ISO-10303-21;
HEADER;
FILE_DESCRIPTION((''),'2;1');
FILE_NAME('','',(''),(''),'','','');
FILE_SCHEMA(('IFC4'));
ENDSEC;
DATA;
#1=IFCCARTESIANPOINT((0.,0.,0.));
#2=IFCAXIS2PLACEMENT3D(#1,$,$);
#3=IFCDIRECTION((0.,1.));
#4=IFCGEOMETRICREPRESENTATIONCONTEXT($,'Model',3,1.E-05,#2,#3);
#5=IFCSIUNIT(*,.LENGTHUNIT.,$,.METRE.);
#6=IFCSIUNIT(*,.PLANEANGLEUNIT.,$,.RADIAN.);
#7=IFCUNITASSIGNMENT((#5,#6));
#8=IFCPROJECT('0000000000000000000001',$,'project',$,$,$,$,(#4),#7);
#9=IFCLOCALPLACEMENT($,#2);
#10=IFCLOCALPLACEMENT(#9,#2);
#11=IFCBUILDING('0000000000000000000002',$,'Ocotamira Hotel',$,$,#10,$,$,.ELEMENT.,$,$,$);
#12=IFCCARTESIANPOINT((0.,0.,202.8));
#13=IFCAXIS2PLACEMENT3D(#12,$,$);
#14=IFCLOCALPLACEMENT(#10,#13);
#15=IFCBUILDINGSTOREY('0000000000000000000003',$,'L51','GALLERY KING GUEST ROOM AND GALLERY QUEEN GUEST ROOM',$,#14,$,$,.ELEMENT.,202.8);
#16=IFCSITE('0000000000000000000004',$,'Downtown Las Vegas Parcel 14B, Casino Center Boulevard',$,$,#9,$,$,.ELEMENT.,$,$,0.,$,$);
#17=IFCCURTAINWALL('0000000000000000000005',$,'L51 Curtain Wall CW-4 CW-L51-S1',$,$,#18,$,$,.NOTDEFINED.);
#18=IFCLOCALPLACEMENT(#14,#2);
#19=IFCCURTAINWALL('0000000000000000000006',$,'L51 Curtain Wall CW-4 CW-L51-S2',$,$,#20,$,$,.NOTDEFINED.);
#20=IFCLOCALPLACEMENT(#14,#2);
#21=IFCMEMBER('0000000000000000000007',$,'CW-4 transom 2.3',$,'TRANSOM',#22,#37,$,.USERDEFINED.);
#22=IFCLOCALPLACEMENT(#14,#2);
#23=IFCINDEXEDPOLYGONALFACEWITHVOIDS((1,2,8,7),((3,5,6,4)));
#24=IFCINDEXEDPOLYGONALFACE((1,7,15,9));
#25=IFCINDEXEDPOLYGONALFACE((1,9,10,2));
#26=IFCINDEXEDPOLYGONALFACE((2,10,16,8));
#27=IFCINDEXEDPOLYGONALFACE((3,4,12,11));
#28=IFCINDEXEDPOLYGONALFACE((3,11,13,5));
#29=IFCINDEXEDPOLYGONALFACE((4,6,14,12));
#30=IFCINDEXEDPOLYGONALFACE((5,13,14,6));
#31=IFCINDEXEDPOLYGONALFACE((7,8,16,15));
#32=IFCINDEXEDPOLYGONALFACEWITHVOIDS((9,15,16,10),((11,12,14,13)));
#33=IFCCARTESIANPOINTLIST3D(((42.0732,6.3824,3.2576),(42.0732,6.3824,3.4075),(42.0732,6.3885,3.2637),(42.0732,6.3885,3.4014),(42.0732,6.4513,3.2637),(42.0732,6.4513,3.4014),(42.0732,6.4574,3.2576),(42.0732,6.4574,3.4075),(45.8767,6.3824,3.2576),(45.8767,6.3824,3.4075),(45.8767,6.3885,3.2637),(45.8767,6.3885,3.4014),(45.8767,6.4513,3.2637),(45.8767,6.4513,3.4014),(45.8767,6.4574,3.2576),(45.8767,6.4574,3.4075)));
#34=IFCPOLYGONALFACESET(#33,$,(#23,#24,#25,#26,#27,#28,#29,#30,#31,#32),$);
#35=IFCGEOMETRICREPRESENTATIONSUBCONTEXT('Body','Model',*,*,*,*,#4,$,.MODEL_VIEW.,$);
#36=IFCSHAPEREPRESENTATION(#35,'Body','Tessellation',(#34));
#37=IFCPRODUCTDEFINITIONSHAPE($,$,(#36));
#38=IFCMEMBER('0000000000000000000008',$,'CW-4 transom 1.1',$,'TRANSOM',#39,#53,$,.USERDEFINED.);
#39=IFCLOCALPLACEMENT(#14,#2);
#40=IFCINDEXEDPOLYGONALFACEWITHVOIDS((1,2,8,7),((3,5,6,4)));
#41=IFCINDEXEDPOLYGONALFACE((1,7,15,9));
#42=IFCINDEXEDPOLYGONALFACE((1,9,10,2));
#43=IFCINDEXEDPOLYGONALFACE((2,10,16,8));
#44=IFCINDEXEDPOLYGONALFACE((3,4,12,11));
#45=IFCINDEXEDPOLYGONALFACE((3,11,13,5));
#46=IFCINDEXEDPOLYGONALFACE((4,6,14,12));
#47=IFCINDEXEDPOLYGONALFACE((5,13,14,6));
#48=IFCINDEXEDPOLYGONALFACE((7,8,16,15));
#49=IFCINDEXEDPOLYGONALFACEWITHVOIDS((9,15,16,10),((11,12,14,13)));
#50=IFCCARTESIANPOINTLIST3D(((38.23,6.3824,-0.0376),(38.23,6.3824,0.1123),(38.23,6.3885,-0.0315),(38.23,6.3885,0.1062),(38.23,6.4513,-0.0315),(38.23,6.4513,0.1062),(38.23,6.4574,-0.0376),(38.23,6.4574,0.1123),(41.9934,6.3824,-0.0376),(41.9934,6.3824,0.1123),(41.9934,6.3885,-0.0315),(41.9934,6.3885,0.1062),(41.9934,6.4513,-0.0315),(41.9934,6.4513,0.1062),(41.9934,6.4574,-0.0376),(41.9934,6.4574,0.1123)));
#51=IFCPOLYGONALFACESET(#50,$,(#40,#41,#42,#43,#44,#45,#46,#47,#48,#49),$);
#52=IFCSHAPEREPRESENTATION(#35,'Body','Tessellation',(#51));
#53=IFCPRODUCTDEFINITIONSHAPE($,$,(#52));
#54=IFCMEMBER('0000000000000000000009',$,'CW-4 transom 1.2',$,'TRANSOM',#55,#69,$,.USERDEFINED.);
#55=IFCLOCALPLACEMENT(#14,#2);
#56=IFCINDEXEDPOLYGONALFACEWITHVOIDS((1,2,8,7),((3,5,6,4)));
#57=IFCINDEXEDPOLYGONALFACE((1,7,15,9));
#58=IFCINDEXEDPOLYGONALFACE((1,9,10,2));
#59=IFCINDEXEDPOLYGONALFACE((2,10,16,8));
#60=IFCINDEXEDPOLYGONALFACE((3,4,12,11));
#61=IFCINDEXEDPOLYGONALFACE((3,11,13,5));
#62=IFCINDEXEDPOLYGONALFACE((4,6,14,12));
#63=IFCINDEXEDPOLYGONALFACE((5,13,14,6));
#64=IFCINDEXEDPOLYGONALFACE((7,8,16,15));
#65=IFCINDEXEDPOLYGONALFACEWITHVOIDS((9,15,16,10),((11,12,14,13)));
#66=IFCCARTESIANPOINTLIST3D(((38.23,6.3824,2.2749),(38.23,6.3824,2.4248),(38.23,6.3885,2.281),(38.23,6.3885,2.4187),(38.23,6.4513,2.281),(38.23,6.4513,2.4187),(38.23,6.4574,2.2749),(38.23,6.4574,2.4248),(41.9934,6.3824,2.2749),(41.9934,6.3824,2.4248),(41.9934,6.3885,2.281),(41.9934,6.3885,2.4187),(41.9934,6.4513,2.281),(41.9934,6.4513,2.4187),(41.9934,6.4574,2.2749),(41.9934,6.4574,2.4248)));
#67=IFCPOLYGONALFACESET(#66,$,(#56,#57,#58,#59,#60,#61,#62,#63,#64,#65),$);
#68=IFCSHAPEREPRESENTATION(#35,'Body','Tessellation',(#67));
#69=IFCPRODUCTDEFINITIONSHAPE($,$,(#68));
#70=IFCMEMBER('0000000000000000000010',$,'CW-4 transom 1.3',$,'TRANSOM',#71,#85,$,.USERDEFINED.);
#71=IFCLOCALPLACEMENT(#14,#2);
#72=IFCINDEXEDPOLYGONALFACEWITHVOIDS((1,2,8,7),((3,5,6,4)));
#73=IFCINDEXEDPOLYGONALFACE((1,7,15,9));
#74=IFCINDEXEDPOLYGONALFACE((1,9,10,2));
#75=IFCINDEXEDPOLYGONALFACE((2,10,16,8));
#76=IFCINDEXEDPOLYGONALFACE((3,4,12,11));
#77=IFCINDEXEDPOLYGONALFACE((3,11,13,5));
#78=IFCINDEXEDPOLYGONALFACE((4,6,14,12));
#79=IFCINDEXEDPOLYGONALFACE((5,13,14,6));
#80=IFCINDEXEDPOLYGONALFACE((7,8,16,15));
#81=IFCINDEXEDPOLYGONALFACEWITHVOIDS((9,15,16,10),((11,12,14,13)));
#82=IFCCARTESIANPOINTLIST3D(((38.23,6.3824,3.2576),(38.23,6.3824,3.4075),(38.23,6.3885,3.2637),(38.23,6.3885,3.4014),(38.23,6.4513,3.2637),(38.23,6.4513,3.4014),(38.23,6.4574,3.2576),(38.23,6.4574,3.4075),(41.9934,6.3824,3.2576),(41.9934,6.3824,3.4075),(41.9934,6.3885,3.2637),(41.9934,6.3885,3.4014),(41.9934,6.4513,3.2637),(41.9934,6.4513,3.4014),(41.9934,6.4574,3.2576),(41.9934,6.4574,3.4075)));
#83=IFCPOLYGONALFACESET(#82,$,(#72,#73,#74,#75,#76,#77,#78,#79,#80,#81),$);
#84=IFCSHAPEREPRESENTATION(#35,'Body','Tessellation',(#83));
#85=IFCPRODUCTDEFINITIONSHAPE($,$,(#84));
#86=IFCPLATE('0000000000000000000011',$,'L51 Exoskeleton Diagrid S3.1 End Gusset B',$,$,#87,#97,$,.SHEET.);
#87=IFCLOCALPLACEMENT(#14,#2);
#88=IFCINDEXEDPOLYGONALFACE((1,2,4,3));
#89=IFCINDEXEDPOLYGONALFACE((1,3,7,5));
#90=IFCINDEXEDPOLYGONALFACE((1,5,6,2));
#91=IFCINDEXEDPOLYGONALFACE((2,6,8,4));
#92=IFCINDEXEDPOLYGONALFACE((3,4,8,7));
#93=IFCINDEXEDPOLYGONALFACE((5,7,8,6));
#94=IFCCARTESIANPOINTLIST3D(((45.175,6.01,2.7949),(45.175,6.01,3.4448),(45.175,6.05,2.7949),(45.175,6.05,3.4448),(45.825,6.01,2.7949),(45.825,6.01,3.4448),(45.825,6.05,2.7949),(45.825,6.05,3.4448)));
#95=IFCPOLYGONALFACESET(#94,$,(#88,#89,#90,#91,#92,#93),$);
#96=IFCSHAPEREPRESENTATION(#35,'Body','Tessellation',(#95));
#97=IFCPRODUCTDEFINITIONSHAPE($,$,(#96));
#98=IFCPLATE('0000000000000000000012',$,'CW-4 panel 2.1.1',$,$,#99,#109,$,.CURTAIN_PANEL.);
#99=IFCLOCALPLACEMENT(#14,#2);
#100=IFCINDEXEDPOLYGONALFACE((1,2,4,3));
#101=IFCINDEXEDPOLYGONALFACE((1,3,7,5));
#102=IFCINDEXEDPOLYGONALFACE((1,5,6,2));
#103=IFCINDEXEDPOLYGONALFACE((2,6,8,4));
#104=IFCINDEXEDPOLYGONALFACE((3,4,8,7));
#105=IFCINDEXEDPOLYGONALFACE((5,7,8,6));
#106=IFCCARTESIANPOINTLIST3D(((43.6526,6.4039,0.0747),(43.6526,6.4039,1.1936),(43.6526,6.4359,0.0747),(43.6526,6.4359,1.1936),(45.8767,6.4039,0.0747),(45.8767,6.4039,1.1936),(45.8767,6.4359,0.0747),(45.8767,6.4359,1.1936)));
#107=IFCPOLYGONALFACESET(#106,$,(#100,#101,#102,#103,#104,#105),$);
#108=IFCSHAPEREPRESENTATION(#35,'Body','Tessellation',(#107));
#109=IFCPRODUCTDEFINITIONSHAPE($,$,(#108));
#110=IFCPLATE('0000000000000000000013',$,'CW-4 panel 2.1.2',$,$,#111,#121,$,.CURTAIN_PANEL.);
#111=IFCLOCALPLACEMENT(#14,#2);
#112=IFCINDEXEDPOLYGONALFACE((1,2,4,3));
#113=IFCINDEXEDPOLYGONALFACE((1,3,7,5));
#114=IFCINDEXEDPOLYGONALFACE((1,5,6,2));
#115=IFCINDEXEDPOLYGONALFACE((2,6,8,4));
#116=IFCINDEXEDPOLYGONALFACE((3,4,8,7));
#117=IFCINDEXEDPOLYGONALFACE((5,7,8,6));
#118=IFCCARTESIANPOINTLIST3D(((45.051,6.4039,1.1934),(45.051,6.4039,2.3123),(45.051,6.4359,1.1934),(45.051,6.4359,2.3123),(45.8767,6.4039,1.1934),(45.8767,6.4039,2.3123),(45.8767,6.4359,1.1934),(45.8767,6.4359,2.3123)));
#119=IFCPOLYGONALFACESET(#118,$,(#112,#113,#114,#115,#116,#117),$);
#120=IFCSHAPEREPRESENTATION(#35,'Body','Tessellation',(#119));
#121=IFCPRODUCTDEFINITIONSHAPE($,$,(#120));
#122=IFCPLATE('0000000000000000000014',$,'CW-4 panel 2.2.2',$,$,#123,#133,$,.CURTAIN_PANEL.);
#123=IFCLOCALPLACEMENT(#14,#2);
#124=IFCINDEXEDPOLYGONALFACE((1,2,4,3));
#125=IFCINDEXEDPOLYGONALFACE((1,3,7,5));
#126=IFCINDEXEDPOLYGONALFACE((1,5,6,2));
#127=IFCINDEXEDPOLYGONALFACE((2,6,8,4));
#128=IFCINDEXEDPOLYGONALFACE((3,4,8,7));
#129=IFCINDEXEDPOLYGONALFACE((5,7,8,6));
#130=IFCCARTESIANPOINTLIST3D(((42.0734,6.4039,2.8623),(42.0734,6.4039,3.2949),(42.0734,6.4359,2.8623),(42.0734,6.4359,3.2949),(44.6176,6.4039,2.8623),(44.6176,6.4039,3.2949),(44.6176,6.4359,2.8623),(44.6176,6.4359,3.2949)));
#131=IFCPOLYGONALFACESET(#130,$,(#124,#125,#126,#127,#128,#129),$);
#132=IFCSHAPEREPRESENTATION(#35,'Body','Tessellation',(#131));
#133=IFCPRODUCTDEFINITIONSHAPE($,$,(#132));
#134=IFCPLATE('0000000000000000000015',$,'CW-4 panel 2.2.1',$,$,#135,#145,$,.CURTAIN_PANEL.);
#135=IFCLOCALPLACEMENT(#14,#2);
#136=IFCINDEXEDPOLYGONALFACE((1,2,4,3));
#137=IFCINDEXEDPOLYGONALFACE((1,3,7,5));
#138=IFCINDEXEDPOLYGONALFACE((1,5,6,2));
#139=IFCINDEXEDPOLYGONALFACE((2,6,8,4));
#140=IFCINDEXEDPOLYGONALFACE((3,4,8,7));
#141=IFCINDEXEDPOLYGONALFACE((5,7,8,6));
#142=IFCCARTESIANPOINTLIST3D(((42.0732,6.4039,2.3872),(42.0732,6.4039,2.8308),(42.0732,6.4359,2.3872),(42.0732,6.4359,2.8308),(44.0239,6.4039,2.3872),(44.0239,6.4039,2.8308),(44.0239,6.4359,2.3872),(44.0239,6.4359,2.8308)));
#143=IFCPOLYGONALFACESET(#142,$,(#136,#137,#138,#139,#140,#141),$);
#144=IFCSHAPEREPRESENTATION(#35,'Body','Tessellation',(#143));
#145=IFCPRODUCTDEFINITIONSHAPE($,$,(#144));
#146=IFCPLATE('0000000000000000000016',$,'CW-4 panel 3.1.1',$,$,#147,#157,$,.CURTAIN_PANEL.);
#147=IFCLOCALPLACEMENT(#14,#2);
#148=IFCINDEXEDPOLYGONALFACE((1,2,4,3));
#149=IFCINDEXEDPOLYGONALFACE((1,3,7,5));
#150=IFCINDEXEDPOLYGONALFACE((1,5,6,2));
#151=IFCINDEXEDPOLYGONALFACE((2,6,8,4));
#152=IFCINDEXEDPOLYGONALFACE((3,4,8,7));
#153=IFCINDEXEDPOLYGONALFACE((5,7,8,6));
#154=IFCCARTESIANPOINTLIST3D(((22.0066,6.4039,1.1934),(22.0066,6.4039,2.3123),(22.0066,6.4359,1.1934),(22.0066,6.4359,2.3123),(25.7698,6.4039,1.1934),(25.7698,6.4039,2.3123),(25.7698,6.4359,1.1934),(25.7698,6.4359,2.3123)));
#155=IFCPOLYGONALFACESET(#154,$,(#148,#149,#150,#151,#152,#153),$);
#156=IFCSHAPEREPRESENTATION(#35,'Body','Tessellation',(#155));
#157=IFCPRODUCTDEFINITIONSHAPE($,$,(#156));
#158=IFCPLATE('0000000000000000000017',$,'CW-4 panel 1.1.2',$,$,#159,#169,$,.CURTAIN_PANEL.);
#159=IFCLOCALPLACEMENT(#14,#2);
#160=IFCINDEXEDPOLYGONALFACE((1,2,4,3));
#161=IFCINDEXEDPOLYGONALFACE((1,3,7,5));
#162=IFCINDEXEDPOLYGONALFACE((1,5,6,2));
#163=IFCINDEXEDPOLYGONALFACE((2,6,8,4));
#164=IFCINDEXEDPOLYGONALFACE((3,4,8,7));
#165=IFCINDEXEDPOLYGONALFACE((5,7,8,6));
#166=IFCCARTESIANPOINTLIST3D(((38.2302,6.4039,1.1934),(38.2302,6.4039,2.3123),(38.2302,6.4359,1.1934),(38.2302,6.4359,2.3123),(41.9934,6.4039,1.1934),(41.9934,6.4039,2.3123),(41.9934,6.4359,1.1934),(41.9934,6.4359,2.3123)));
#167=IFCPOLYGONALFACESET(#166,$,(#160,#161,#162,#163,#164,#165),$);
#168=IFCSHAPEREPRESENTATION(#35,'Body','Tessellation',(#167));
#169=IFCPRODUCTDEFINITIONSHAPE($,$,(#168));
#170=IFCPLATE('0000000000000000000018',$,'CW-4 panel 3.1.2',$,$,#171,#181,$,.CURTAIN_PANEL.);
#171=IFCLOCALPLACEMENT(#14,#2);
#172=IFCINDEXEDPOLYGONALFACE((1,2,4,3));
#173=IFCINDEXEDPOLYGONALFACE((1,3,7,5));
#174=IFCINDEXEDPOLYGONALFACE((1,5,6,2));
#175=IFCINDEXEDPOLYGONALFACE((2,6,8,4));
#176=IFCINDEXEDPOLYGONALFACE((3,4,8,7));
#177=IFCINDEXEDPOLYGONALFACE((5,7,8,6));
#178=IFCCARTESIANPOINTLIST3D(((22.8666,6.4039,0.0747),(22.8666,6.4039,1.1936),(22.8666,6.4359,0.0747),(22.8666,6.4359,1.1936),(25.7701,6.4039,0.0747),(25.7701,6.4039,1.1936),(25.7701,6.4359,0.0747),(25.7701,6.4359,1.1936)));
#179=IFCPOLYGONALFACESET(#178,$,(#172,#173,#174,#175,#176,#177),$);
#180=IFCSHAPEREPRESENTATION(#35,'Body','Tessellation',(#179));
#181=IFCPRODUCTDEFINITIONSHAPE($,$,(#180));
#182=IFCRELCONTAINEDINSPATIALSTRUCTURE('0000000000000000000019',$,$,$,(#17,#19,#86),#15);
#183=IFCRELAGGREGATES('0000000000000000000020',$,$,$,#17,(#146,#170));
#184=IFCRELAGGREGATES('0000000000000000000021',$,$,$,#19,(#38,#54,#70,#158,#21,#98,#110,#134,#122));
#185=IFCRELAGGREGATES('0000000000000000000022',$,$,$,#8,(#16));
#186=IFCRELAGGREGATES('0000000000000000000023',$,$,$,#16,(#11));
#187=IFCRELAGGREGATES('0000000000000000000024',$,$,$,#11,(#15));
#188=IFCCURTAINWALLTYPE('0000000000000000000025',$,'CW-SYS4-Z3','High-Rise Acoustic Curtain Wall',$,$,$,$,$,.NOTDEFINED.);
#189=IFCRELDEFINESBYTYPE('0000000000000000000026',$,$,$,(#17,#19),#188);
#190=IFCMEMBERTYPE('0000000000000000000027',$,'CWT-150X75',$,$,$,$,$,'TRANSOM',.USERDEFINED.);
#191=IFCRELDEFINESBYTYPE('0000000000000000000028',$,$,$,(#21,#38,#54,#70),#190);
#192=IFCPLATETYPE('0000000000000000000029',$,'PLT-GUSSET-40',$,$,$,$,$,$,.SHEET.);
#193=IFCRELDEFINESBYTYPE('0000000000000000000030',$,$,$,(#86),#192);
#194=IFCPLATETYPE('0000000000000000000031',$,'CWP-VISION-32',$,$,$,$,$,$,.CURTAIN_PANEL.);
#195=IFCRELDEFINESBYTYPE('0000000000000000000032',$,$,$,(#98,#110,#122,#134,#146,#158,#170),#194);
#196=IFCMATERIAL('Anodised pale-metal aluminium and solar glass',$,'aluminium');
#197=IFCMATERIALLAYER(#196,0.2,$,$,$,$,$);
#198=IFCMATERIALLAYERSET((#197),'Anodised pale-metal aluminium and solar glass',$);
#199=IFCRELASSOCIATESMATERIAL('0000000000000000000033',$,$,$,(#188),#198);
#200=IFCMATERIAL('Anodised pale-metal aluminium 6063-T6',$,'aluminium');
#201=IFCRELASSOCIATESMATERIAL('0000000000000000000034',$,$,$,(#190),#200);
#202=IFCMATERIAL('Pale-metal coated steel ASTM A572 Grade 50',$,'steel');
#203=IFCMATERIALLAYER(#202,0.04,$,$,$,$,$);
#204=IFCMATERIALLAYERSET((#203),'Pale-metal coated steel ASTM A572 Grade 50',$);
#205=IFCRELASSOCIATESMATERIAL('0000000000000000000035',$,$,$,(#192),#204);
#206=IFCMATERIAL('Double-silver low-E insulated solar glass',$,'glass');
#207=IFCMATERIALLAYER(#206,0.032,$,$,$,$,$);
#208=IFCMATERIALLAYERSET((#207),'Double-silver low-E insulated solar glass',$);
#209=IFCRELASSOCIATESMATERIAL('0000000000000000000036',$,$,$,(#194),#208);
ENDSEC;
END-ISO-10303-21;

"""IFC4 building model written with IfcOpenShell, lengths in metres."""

from ifc_helpers import new_model, si_unit, direction, frame, origin, origin_2d, place, context, subcontext, project, spatial, rectangle, hollow_rectangle, extrude, source, transform, mapped, material, layer, layer_set, material_profile, profile_set, type_object, element, aggregate, save


model = new_model("IFC4")

# Units and contexts
model_context = context("Model", 3, precision=1e-05, world=origin(), true_north=direction((0.0, 1.0)))
body_context = subcontext(model_context, "Body", "Model", "MODEL_VIEW")
ifc_project = project(units=[si_unit("LENGTHUNIT", "METRE"), si_unit("PLANEANGLEUNIT", "RADIAN")], contexts=[model_context])

# Site, building, storey
site_placement = place(None, origin())
site = spatial("IfcSite", under=ifc_project, at=site_placement, Name="Downtown Las Vegas Parcel 14B, Casino Center Boulevard", CompositionType="ELEMENT", RefElevation=0.0)
building_placement = place(site_placement, origin())
building = spatial("IfcBuilding", under=site, at=building_placement, Name="Ocotamira Hotel", CompositionType="ELEMENT")
storey_placement = place(building_placement, frame((0.0, 0.0, 202.8)))
storey = spatial("IfcBuildingStorey", under=building, at=storey_placement, Name="L51", Description="GALLERY KING GUEST ROOM AND GALLERY QUEEN GUEST ROOM", CompositionType="ELEMENT", Elevation=202.8)

# Curtain wall
ifc_material_1 = material(Name="Anodised pale-metal aluminium and solar glass", Category="aluminium")
ifc_layer_1 = layer(ifc_material_1, 0.2)
ifc_layer_set_1 = layer_set([ifc_layer_1], Name="Anodised pale-metal aluminium and solar glass")
curtain_wall_type = type_object("IfcCurtainWallType", Name="CW-SYS4-Z3", Description="High-Rise Acoustic Curtain Wall", PredefinedType="NOTDEFINED", material=ifc_layer_set_1)
curtain_wall_1_placement = place(storey_placement, origin())
curtain_wall_1 = element("IfcCurtainWall", 1, at=curtain_wall_1_placement, inside=storey, type_object=curtain_wall_type, Name="L51 Curtain Wall CW-4 CW-L51-S1", PredefinedType="NOTDEFINED")
ifc_material_2 = material(Name="Anodised pale-metal aluminium 6063-T6", Category="aluminium")

# Curtain wall, members
curtain_wall_2_placement = place(storey_placement, origin())
curtain_wall_2 = element("IfcCurtainWall", 2, at=curtain_wall_2_placement, inside=storey, type_object=curtain_wall_type, Name="L51 Curtain Wall CW-4 CW-L51-S2", PredefinedType="NOTDEFINED")
ifc_material_profile_1 = material_profile(ifc_material_2, hollow_rectangle(XDim=0.075, YDim=0.1499, WallThickness=0.0061, at=origin_2d()), Name="HSS150X75X6")
ifc_profile_set_1 = profile_set([ifc_material_profile_1], Name="Anodised pale-metal aluminium 6063-T6")
member_type_1 = type_object("IfcMemberType", Name="CWT-150X75", ElementType="TRANSOM", PredefinedType="USERDEFINED", material=ifc_profile_set_1)
shared_shape_1 = source(origin(), body_context, "Body", "SweptSolid", [
    extrude(hollow_rectangle(XDim=0.075, YDim=0.1499, WallThickness=0.0061, at=origin_2d()), origin(), (0.0, 0.0, 1.0), 3.8035),
])
member_1_placement = place(storey_placement, frame((42.0732, 6.4199, 3.3325), z_axis=(1.0, 0.0, 0.0), x_axis=(0.0, 1.0, 0.0)))
member_1 = element("IfcMember", 3, at=member_1_placement, type_object=member_type_1, Name="CW-4 transom 2.3", ObjectType="TRANSOM", PredefinedType="USERDEFINED", context=body_context, shape_type="MappedRepresentation", body=[
    mapped(shared_shape_1, transform((0.0, 0.0, 0.0), scale=1.0)),
])
shared_shape_2 = source(origin(), body_context, "Body", "SweptSolid", [
    extrude(hollow_rectangle(XDim=0.075, YDim=0.1499, WallThickness=0.0061, at=origin_2d()), origin(), (0.0, 0.0, 1.0), 3.7634),
])
member_2_placement = place(storey_placement, frame((38.23, 6.4199, 0.0374), z_axis=(1.0, 0.0, 0.0), x_axis=(0.0, 1.0, 0.0)))
member_2 = element("IfcMember", 4, at=member_2_placement, type_object=member_type_1, Name="CW-4 transom 1.1", ObjectType="TRANSOM", PredefinedType="USERDEFINED", context=body_context, shape_type="MappedRepresentation", body=[
    mapped(shared_shape_2, transform((0.0, 0.0, 0.0), scale=1.0)),
])
member_3_placement = place(storey_placement, frame((38.23, 6.4199, 2.3499), z_axis=(1.0, 0.0, 0.0), x_axis=(0.0, 1.0, 0.0)))
member_3 = element("IfcMember", 5, at=member_3_placement, type_object=member_type_1, Name="CW-4 transom 1.2", ObjectType="TRANSOM", PredefinedType="USERDEFINED", context=body_context, shape_type="MappedRepresentation", body=[
    mapped(shared_shape_2, transform((0.0, 0.0, 0.0), scale=1.0)),
])
member_4_placement = place(storey_placement, frame((38.23, 6.4199, 3.3325), z_axis=(1.0, 0.0, 0.0), x_axis=(0.0, 1.0, 0.0)))
member_4 = element("IfcMember", 6, at=member_4_placement, type_object=member_type_1, Name="CW-4 transom 1.3", ObjectType="TRANSOM", PredefinedType="USERDEFINED", context=body_context, shape_type="MappedRepresentation", body=[
    mapped(shared_shape_2, transform((0.0, 0.0, 0.0), scale=1.0)),
])

# Plates
ifc_material_3 = material(Name="Pale-metal coated steel ASTM A572 Grade 50", Category="steel")
ifc_layer_2 = layer(ifc_material_3, 0.04)
ifc_layer_set_2 = layer_set([ifc_layer_2], Name="Pale-metal coated steel ASTM A572 Grade 50")
plate_type_1 = type_object("IfcPlateType", Name="PLT-GUSSET-40", PredefinedType="SHEET", material=ifc_layer_set_2)
shared_shape_3 = source(origin(), body_context, "Body", "SweptSolid", [
    extrude(rectangle(XDim=0.6499, YDim=0.04, at=origin_2d()), origin(), (0.0, 0.0, 1.0), 0.6499),
])
plate_1_placement = place(storey_placement, frame((45.5, 6.03, 2.7949), z_axis=(0.0, 0.0, 1.0), x_axis=(1.0, 0.0, 0.0)))
element("IfcPlate", 7, at=plate_1_placement, inside=storey, type_object=plate_type_1, Name="L51 Exoskeleton Diagrid S3.1 End Gusset B", PredefinedType="SHEET", context=body_context, shape_type="MappedRepresentation", body=[
    mapped(shared_shape_3, transform((0.0, 0.0, 0.0), scale=1.0)),
])
ifc_material_4 = material(Name="Double-silver low-E insulated solar glass", Category="glass")
ifc_layer_3 = layer(ifc_material_4, 0.032)
ifc_layer_set_3 = layer_set([ifc_layer_3], Name="Double-silver low-E insulated solar glass")
plate_type_2 = type_object("IfcPlateType", Name="CWP-VISION-32", PredefinedType="CURTAIN_PANEL", material=ifc_layer_set_3)
shared_shape_4 = source(origin(), body_context, "Body", "SweptSolid", [
    extrude(rectangle(XDim=2.2241, YDim=0.032, at=origin_2d()), origin(), (0.0, 0.0, 1.0), 1.1189),
])
plate_2_placement = place(storey_placement, frame((44.7646, 6.4199, 0.0747), z_axis=(0.0, 0.0, 1.0), x_axis=(1.0, 0.0, 0.0)))
plate_2 = element("IfcPlate", 8, at=plate_2_placement, type_object=plate_type_2, Name="CW-4 panel 2.1.1", PredefinedType="CURTAIN_PANEL", context=body_context, shape_type="MappedRepresentation", body=[
    mapped(shared_shape_4, transform((0.0, 0.0, 0.0), scale=1.0)),
])
shared_shape_5 = source(origin(), body_context, "Body", "SweptSolid", [
    extrude(rectangle(XDim=0.8257, YDim=0.032, at=origin_2d()), origin(), (0.0, 0.0, 1.0), 1.1189),
])
plate_3_placement = place(storey_placement, frame((45.4639, 6.4199, 1.1934), z_axis=(0.0, 0.0, 1.0), x_axis=(1.0, 0.0, 0.0)))
plate_3 = element("IfcPlate", 9, at=plate_3_placement, type_object=plate_type_2, Name="CW-4 panel 2.1.2", PredefinedType="CURTAIN_PANEL", context=body_context, shape_type="MappedRepresentation", body=[
    mapped(shared_shape_5, transform((0.0, 0.0, 0.0), scale=1.0)),
])
shared_shape_6 = source(origin(), body_context, "Body", "SweptSolid", [
    extrude(rectangle(XDim=2.5442, YDim=0.032, at=origin_2d()), origin(), (0.0, 0.0, 1.0), 0.4326),
])
plate_4_placement = place(storey_placement, frame((43.3455, 6.4199, 2.8623), z_axis=(0.0, 0.0, 1.0), x_axis=(1.0, 0.0, 0.0)))
plate_4 = element("IfcPlate", 10, at=plate_4_placement, type_object=plate_type_2, Name="CW-4 panel 2.2.2", PredefinedType="CURTAIN_PANEL", context=body_context, shape_type="MappedRepresentation", body=[
    mapped(shared_shape_6, transform((0.0, 0.0, 0.0), scale=1.0)),
])
shared_shape_7 = source(origin(), body_context, "Body", "SweptSolid", [
    extrude(rectangle(XDim=1.9507, YDim=0.032, at=origin_2d()), origin(), (0.0, 0.0, 1.0), 0.4436),
])
plate_5_placement = place(storey_placement, frame((43.0486, 6.4199, 2.3872), z_axis=(0.0, 0.0, 1.0), x_axis=(1.0, 0.0, 0.0)))
plate_5 = element("IfcPlate", 11, at=plate_5_placement, type_object=plate_type_2, Name="CW-4 panel 2.2.1", PredefinedType="CURTAIN_PANEL", context=body_context, shape_type="MappedRepresentation", body=[
    mapped(shared_shape_7, transform((0.0, 0.0, 0.0), scale=1.0)),
])
shared_shape_8 = source(origin(), body_context, "Body", "SweptSolid", [
    extrude(rectangle(XDim=3.7632, YDim=0.032, at=origin_2d()), origin(), (0.0, 0.0, 1.0), 1.1189),
])
plate_6_placement = place(storey_placement, frame((23.8882, 6.4199, 1.1934), z_axis=(0.0, 0.0, 1.0), x_axis=(1.0, 0.0, 0.0)))
plate_6 = element("IfcPlate", 12, at=plate_6_placement, type_object=plate_type_2, Name="CW-4 panel 3.1.1", PredefinedType="CURTAIN_PANEL", context=body_context, shape_type="MappedRepresentation", body=[
    mapped(shared_shape_8, transform((0.0, 0.0, 0.0), scale=1.0)),
])
plate_7_placement = place(storey_placement, frame((40.1118, 6.4199, 1.1934), z_axis=(0.0, 0.0, 1.0), x_axis=(1.0, 0.0, 0.0)))
plate_7 = element("IfcPlate", 13, at=plate_7_placement, type_object=plate_type_2, Name="CW-4 panel 1.1.2", PredefinedType="CURTAIN_PANEL", context=body_context, shape_type="MappedRepresentation", body=[
    mapped(shared_shape_8, transform((0.0, 0.0, 0.0), scale=1.0)),
])
shared_shape_9 = source(origin(), body_context, "Body", "SweptSolid", [
    extrude(rectangle(XDim=2.9036, YDim=0.032, at=origin_2d()), origin(), (0.0, 0.0, 1.0), 1.1189),
])
plate_8_placement = place(storey_placement, frame((24.3184, 6.4199, 0.0747), z_axis=(0.0, 0.0, 1.0), x_axis=(1.0, 0.0, 0.0)))
plate_8 = element("IfcPlate", 14, at=plate_8_placement, type_object=plate_type_2, Name="CW-4 panel 3.1.2", PredefinedType="CURTAIN_PANEL", context=body_context, shape_type="MappedRepresentation", body=[
    mapped(shared_shape_9, transform((0.0, 0.0, 0.0), scale=1.0)),
])
aggregate(curtain_wall_1, [plate_6, plate_8])
aggregate(curtain_wall_2, [member_2, member_3, member_4, plate_7, member_1, plate_2, plate_3, plate_5, plate_4])

save(model, "model.ifc")
